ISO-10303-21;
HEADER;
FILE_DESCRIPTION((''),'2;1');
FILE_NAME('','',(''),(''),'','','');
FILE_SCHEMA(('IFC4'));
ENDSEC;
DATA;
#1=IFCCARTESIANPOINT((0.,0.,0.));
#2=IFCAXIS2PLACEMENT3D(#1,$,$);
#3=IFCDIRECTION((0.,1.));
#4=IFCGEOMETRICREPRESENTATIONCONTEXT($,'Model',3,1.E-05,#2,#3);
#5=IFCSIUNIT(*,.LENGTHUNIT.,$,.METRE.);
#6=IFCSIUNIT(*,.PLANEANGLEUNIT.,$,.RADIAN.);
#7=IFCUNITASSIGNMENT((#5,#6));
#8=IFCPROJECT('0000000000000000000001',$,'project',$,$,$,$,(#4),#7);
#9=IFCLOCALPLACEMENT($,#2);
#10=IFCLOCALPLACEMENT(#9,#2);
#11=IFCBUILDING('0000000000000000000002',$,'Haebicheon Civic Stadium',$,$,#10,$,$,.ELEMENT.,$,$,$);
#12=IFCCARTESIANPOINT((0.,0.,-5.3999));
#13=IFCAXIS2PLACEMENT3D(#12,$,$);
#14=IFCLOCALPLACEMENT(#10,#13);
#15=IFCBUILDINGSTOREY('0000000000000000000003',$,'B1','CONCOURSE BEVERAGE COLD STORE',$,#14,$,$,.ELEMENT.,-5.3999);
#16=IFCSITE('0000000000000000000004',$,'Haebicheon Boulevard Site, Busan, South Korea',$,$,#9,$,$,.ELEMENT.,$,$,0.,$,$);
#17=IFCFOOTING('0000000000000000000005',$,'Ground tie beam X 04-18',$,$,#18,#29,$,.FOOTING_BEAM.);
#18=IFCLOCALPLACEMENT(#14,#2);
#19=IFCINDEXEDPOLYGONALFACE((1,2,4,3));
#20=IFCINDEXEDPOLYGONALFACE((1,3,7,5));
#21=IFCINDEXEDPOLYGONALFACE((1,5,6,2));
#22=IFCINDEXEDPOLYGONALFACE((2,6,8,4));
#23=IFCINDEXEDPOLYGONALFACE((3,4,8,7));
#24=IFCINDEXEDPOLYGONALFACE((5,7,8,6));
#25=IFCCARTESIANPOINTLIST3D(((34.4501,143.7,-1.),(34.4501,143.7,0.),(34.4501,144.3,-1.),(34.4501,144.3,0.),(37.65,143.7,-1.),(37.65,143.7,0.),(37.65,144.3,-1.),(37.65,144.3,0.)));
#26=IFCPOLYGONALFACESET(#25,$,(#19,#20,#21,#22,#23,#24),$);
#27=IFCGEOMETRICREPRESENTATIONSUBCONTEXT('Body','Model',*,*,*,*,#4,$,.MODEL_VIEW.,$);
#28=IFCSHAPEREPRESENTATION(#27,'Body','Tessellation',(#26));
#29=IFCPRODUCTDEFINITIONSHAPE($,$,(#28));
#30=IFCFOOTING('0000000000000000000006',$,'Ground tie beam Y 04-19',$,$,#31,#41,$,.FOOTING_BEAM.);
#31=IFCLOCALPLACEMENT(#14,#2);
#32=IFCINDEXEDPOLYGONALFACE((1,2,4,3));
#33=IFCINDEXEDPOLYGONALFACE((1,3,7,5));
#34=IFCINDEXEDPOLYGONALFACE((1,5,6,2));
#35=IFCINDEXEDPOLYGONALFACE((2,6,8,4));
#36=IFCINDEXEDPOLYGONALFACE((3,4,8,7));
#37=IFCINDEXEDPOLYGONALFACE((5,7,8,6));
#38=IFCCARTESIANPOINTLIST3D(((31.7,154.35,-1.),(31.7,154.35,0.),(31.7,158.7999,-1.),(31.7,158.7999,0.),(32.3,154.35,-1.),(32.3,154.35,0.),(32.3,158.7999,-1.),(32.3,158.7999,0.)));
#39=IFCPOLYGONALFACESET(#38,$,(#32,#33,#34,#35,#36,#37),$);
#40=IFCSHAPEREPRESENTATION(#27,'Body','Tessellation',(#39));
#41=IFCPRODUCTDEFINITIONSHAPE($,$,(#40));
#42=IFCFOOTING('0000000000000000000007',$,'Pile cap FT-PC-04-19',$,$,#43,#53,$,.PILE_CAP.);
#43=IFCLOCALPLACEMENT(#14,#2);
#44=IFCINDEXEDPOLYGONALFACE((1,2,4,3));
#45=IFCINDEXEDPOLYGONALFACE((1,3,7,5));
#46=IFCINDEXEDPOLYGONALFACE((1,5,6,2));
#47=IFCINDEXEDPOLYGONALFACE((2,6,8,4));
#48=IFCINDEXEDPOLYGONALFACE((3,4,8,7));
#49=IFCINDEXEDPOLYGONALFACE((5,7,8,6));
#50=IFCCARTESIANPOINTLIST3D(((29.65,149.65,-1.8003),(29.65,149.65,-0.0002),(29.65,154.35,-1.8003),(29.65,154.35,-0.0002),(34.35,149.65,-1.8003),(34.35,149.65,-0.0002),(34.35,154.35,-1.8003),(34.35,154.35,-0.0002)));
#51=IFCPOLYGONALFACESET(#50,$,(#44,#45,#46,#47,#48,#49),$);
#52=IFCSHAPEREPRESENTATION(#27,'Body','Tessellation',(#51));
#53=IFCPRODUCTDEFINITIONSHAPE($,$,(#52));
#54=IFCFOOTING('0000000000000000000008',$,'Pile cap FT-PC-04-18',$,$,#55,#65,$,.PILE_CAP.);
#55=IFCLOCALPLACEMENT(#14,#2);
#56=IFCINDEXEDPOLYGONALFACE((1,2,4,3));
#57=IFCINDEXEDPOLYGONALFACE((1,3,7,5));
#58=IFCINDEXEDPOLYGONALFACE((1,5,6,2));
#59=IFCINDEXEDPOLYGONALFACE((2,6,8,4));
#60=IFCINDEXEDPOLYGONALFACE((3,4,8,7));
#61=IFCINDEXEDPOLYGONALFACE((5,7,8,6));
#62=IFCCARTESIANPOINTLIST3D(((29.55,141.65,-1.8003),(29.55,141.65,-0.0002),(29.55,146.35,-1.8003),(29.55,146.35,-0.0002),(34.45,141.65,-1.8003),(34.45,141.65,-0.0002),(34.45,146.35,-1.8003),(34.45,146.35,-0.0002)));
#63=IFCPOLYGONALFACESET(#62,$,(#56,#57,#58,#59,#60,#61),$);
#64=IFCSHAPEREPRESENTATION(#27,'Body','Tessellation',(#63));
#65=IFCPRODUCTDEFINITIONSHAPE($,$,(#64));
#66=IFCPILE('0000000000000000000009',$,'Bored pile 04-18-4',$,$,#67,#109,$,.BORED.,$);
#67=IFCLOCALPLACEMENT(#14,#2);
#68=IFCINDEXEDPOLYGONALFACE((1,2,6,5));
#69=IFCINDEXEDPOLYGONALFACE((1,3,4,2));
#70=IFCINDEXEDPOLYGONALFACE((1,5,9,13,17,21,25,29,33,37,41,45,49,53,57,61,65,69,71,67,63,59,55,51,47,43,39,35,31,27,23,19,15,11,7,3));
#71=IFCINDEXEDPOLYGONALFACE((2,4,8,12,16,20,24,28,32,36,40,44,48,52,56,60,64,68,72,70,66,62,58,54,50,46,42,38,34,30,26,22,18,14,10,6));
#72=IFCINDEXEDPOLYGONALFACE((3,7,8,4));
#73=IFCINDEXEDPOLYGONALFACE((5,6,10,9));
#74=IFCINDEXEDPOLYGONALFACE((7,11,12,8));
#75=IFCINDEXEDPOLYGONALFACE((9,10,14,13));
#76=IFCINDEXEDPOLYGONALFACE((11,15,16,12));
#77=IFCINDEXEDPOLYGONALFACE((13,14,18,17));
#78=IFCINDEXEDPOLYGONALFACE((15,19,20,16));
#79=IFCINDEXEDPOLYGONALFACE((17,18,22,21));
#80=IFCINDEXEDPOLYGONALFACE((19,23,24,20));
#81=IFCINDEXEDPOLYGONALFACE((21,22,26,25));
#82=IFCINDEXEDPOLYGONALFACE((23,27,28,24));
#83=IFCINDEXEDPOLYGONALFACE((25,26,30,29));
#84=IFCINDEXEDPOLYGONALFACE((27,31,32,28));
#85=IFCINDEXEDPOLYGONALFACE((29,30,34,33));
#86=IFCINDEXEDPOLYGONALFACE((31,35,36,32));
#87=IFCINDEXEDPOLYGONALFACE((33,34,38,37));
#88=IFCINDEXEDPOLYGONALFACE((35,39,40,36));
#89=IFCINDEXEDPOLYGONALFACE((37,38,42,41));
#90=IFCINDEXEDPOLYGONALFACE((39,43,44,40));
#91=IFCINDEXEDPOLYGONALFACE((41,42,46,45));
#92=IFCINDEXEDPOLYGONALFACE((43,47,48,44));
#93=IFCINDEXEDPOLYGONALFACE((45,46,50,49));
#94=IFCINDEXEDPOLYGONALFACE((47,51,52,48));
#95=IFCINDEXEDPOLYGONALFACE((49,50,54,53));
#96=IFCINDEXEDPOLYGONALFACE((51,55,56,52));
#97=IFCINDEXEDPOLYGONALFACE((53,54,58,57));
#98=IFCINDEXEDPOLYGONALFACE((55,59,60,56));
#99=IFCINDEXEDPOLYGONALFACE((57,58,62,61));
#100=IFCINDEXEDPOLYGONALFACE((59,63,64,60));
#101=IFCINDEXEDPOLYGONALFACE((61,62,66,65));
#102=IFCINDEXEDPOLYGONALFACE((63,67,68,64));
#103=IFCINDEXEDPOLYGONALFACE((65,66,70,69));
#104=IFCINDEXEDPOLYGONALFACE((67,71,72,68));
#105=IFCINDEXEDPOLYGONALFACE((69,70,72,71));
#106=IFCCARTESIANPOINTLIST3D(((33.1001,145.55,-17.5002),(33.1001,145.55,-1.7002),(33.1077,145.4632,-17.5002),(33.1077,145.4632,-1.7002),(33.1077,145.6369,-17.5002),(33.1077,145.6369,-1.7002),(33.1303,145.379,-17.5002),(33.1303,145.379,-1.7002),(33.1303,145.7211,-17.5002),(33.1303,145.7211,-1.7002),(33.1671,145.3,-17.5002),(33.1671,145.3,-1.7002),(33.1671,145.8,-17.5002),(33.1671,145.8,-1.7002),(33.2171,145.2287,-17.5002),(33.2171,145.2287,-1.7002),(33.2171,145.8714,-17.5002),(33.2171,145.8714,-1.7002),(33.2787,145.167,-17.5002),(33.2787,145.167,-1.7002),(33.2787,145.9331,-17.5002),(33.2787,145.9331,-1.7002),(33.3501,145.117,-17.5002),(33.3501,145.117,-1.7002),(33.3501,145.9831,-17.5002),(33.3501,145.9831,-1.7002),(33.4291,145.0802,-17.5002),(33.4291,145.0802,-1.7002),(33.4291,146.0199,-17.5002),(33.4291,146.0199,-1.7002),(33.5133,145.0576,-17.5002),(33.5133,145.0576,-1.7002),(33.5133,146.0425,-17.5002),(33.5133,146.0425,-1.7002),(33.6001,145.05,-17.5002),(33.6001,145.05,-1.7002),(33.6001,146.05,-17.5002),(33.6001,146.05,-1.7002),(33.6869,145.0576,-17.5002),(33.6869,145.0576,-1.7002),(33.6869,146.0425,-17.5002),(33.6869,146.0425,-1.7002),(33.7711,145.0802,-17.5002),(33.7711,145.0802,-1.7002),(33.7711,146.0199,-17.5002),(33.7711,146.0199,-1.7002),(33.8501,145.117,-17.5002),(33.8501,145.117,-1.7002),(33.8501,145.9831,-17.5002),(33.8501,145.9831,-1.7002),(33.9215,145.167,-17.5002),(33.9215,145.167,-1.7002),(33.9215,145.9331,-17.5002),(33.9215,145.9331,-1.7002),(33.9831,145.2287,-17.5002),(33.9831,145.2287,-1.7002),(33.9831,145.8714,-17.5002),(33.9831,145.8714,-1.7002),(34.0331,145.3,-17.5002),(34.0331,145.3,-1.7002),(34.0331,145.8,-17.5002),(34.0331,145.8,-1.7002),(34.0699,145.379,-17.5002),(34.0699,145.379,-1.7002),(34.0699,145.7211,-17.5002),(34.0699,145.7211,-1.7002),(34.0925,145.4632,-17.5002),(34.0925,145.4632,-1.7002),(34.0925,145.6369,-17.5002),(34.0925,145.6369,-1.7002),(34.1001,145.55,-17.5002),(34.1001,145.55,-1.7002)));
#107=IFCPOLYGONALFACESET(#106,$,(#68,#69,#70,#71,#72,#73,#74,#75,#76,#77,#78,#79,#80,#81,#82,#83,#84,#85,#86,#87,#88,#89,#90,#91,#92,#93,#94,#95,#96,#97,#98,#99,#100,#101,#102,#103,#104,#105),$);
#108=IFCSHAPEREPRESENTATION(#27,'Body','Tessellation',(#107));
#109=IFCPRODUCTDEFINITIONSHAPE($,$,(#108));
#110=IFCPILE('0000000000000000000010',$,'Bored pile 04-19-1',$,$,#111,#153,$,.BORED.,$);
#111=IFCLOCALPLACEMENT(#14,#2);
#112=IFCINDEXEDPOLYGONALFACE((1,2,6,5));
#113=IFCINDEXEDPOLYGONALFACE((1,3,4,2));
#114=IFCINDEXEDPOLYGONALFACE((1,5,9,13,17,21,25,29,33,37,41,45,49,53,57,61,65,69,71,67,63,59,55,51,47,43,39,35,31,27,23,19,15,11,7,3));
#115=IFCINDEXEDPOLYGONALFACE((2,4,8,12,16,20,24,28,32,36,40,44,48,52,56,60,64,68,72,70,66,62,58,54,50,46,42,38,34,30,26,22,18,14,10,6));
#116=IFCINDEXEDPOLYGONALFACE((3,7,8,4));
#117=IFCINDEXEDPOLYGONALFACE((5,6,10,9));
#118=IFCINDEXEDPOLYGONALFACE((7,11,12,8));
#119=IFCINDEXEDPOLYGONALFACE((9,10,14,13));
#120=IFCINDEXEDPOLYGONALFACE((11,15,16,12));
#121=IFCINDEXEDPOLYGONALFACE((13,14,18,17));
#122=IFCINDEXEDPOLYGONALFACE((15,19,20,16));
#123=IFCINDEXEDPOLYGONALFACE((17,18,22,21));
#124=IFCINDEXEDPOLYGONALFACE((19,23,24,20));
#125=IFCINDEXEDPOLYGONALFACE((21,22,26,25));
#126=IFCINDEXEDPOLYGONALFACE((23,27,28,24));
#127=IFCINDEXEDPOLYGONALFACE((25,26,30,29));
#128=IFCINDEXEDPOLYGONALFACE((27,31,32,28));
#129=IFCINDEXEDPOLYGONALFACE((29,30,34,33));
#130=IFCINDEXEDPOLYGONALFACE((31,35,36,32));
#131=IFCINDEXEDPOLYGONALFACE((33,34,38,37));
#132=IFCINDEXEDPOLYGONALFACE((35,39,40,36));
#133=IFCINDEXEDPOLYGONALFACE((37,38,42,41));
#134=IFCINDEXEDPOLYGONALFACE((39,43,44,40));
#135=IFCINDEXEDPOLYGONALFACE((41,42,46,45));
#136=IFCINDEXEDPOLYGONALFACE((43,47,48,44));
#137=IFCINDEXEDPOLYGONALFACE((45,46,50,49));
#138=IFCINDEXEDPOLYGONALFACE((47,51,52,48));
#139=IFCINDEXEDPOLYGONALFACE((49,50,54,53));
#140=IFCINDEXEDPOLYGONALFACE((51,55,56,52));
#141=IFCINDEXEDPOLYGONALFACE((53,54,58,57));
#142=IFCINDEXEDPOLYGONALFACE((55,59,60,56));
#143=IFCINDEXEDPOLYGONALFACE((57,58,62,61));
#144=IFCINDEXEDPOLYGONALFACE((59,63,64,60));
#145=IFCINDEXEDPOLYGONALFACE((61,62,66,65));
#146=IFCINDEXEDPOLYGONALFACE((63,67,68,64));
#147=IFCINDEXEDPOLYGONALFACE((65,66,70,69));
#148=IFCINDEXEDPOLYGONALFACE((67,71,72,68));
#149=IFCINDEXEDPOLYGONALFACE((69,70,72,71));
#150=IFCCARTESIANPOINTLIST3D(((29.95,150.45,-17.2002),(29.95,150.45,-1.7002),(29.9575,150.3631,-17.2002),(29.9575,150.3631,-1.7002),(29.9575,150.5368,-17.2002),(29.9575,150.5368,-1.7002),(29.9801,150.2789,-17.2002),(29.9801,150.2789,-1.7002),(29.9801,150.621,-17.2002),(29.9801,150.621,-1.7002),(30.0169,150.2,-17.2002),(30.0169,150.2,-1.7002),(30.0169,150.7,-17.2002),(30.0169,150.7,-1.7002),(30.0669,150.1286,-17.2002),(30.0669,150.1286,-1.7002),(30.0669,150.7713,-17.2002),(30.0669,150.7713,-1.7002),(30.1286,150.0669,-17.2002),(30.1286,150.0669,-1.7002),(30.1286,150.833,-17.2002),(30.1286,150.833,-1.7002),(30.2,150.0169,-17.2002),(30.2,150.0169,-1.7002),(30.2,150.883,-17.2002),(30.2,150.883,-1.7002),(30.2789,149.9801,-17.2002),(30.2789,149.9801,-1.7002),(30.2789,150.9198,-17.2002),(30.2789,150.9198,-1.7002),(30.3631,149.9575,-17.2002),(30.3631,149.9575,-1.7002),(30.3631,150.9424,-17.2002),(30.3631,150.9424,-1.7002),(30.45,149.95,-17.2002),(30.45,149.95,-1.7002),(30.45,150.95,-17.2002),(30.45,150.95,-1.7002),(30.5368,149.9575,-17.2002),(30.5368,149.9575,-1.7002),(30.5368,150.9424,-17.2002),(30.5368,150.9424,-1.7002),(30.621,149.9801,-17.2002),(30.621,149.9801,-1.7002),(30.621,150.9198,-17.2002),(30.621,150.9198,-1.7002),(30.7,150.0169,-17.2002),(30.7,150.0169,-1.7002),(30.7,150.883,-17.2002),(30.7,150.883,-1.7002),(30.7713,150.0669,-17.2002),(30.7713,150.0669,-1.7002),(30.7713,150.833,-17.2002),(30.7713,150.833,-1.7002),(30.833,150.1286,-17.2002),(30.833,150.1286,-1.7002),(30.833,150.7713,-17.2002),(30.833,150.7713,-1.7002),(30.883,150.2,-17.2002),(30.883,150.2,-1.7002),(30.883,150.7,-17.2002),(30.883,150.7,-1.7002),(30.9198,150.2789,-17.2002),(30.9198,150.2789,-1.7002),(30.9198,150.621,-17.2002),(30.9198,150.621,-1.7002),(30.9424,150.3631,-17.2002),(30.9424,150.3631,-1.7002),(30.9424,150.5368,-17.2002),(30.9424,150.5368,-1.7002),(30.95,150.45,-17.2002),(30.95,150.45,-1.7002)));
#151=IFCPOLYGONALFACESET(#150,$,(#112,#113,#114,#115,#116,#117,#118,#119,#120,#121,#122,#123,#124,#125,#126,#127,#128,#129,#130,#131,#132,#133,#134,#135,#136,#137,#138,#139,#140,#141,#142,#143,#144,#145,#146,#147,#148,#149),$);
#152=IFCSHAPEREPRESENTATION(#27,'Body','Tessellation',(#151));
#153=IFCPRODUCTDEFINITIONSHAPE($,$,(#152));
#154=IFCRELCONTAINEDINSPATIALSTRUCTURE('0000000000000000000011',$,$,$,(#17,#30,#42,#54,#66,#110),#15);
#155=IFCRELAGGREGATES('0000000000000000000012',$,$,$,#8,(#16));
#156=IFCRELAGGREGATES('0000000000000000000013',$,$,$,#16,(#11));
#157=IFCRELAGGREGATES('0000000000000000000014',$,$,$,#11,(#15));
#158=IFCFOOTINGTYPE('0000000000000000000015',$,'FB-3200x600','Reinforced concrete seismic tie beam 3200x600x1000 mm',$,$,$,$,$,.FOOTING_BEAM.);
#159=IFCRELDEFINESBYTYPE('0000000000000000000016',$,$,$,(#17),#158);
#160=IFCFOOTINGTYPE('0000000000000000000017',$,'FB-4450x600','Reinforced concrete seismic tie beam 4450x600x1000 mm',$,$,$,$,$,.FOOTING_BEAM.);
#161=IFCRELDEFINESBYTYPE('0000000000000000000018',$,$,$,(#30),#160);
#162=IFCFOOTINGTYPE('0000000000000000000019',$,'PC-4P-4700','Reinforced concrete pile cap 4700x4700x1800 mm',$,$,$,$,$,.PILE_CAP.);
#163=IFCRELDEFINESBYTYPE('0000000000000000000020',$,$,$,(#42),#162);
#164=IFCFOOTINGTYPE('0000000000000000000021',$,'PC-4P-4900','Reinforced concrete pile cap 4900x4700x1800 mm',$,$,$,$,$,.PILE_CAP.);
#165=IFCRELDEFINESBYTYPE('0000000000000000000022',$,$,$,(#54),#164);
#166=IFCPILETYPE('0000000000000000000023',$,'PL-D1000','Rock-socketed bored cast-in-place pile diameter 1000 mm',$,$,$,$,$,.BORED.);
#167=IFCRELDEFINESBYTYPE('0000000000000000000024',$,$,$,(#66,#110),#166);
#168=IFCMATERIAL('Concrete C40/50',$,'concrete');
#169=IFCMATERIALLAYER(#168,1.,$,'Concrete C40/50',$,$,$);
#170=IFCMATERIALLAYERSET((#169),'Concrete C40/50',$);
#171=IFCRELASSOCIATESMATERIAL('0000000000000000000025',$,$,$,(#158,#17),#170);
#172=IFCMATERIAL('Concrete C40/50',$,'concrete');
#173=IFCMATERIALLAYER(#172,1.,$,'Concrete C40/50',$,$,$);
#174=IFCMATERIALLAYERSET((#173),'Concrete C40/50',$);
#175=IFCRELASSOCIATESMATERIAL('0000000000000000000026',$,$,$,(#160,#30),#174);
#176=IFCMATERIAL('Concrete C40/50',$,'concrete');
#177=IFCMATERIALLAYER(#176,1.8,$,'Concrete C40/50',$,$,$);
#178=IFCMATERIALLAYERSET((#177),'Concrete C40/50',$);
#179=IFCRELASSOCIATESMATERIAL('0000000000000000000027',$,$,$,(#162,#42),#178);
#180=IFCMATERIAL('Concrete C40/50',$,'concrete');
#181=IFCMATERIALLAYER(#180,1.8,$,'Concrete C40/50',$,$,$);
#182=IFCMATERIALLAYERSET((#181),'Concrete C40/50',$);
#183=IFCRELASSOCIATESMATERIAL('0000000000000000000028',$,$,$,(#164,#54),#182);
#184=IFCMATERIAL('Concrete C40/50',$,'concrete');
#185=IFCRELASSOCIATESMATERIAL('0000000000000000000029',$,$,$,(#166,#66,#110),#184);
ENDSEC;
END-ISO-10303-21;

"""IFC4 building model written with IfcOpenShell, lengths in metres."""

from ifc_helpers import new_model, si_unit, direction, frame, origin, origin_2d, place, context, subcontext, project, spatial, rectangle, circle, extrude, material, layer, layer_set, material_profile, profile_set, type_object, element, save


model = new_model("IFC4")

# Units and contexts
model_context = context("Model", 3, precision=1e-05, world=origin(), true_north=direction((0.0, 1.0)))
body_context = subcontext(model_context, "Body", "Model", "MODEL_VIEW")
ifc_project = project(units=[si_unit("LENGTHUNIT", "METRE"), si_unit("PLANEANGLEUNIT", "RADIAN")], contexts=[model_context])

# Site, building, storey
site_placement = place(None, origin())
site = spatial("IfcSite", under=ifc_project, at=site_placement, Name="Haebicheon Boulevard Site, Busan, South Korea", CompositionType="ELEMENT", RefElevation=0.0)
building_placement = place(site_placement, origin())
building = spatial("IfcBuilding", under=site, at=building_placement, Name="Haebicheon Civic Stadium", CompositionType="ELEMENT")
storey_placement = place(building_placement, frame((0.0, 0.0, -5.3999)))
storey = spatial("IfcBuildingStorey", under=building, at=storey_placement, Name="B1", Description="CONCOURSE BEVERAGE COLD STORE", CompositionType="ELEMENT", Elevation=-5.3999)

# Footings
ifc_material_1 = material(Name="Concrete C40/50", Category="concrete")
ifc_layer_1 = layer(ifc_material_1, 1.0, Name="Concrete C40/50")
ifc_layer_set_1 = layer_set([ifc_layer_1], Name="Concrete C40/50")
footing_type_1 = type_object("IfcFootingType", Name="FB-3200x600", Description="Reinforced concrete seismic tie beam 3200x600x1000 mm", PredefinedType="FOOTING_BEAM", material=ifc_layer_set_1)
footing_1_placement = place(storey_placement, frame((36.05, 144.0, -1.0), z_axis=(0.0, 0.0, 1.0), x_axis=(1.0, 0.0, 0.0)))
element("IfcFooting", 1, at=footing_1_placement, inside=storey, type_object=footing_type_1, material=ifc_layer_set_1, Name="Ground tie beam X 04-18", PredefinedType="FOOTING_BEAM", context=body_context, shape_type="SweptSolid", body=[
    extrude(rectangle(XDim=3.2, YDim=0.6001, at=origin_2d()), origin(), (0.0, 0.0, 1.0), 1.0),
])
ifc_material_2 = material(Name="Concrete C40/50", Category="concrete")
ifc_layer_2 = layer(ifc_material_2, 1.0, Name="Concrete C40/50")
ifc_layer_set_2 = layer_set([ifc_layer_2], Name="Concrete C40/50")
footing_type_2 = type_object("IfcFootingType", Name="FB-4450x600", Description="Reinforced concrete seismic tie beam 4450x600x1000 mm", PredefinedType="FOOTING_BEAM", material=ifc_layer_set_2)
footing_2_placement = place(storey_placement, frame((32.0, 156.575, -1.0), z_axis=(0.0, 0.0, 1.0), x_axis=(0.0, 1.0, 0.0)))
element("IfcFooting", 2, at=footing_2_placement, inside=storey, type_object=footing_type_2, material=ifc_layer_set_2, Name="Ground tie beam Y 04-19", PredefinedType="FOOTING_BEAM", context=body_context, shape_type="SweptSolid", body=[
    extrude(rectangle(XDim=4.45, YDim=0.6001, at=origin_2d()), origin(), (0.0, 0.0, 1.0), 1.0),
])
ifc_material_3 = material(Name="Concrete C40/50", Category="concrete")
ifc_layer_3 = layer(ifc_material_3, 1.8, Name="Concrete C40/50")
ifc_layer_set_3 = layer_set([ifc_layer_3], Name="Concrete C40/50")
footing_type_3 = type_object("IfcFootingType", Name="PC-4P-4700", Description="Reinforced concrete pile cap 4700x4700x1800 mm", PredefinedType="PILE_CAP", material=ifc_layer_set_3)
footing_3_placement = place(storey_placement, frame((32.0, 152.0, -1.8003), z_axis=(0.0, 0.0, 1.0), x_axis=(1.0, 0.0, 0.0)))
element("IfcFooting", 3, at=footing_3_placement, inside=storey, type_object=footing_type_3, material=ifc_layer_set_3, Name="Pile cap FT-PC-04-19", PredefinedType="PILE_CAP", context=body_context, shape_type="SweptSolid", body=[
    extrude(rectangle(XDim=4.7, YDim=4.7, at=origin_2d()), origin(), (0.0, 0.0, 1.0), 1.8),
])
ifc_material_4 = material(Name="Concrete C40/50", Category="concrete")
ifc_layer_4 = layer(ifc_material_4, 1.8, Name="Concrete C40/50")
ifc_layer_set_4 = layer_set([ifc_layer_4], Name="Concrete C40/50")
footing_type_4 = type_object("IfcFootingType", Name="PC-4P-4900", Description="Reinforced concrete pile cap 4900x4700x1800 mm", PredefinedType="PILE_CAP", material=ifc_layer_set_4)
footing_4_placement = place(storey_placement, frame((32.0, 144.0, -1.8003), z_axis=(0.0, 0.0, 1.0), x_axis=(1.0, 0.0, 0.0)))
element("IfcFooting", 4, at=footing_4_placement, inside=storey, type_object=footing_type_4, material=ifc_layer_set_4, Name="Pile cap FT-PC-04-18", PredefinedType="PILE_CAP", context=body_context, shape_type="SweptSolid", body=[
    extrude(rectangle(XDim=4.8999, YDim=4.7, at=origin_2d()), origin(), (0.0, 0.0, 1.0), 1.8),
])

# Piles
ifc_material_5 = material(Name="Concrete C40/50", Category="concrete")
ifc_material_profile_1 = material_profile(ifc_material_5, circle(Radius=0.5, at=origin_2d()), Name="PILE-D1000")
ifc_profile_set_1 = profile_set([ifc_material_profile_1], Name="Concrete C40/50")
pile_type = type_object("IfcPileType", Name="PL-D1000", Description="Rock-socketed bored cast-in-place pile diameter 1000 mm", PredefinedType="BORED", material=ifc_profile_set_1)
pile_1_placement = place(storey_placement, frame((33.6001, 145.55, -1.7002), z_axis=(0.0, 0.0, -1.0), x_axis=(1.0, 0.0, 0.0)))
element("IfcPile", 5, at=pile_1_placement, inside=storey, type_object=pile_type, material=ifc_profile_set_1, Name="Bored pile 04-18-4", PredefinedType="BORED", context=body_context, shape_type="SweptSolid", body=[
    extrude(circle(Radius=0.5, at=origin_2d()), origin(), (0.0, 0.0, 1.0), 15.8),
])
for number, where, z_axis, x_axis, name in (
    (6, (30.45, 150.45, -1.7002), (0.0, 0.0, -1.0), (1.0, 0.0, 0.0), "Bored pile 04-19-1"),
):
    element("IfcPile", number, at=place(storey_placement, frame(where, z_axis=z_axis, x_axis=x_axis)), inside=storey, type_object=pile_type, material=ifc_profile_set_1, Name=name, PredefinedType="BORED", context=body_context, shape_type="SweptSolid", body=[
        extrude(circle(Radius=0.5, at=origin_2d()), origin(), (0.0, 0.0, 1.0), 15.5),
    ])

save(model, "model.ifc")
